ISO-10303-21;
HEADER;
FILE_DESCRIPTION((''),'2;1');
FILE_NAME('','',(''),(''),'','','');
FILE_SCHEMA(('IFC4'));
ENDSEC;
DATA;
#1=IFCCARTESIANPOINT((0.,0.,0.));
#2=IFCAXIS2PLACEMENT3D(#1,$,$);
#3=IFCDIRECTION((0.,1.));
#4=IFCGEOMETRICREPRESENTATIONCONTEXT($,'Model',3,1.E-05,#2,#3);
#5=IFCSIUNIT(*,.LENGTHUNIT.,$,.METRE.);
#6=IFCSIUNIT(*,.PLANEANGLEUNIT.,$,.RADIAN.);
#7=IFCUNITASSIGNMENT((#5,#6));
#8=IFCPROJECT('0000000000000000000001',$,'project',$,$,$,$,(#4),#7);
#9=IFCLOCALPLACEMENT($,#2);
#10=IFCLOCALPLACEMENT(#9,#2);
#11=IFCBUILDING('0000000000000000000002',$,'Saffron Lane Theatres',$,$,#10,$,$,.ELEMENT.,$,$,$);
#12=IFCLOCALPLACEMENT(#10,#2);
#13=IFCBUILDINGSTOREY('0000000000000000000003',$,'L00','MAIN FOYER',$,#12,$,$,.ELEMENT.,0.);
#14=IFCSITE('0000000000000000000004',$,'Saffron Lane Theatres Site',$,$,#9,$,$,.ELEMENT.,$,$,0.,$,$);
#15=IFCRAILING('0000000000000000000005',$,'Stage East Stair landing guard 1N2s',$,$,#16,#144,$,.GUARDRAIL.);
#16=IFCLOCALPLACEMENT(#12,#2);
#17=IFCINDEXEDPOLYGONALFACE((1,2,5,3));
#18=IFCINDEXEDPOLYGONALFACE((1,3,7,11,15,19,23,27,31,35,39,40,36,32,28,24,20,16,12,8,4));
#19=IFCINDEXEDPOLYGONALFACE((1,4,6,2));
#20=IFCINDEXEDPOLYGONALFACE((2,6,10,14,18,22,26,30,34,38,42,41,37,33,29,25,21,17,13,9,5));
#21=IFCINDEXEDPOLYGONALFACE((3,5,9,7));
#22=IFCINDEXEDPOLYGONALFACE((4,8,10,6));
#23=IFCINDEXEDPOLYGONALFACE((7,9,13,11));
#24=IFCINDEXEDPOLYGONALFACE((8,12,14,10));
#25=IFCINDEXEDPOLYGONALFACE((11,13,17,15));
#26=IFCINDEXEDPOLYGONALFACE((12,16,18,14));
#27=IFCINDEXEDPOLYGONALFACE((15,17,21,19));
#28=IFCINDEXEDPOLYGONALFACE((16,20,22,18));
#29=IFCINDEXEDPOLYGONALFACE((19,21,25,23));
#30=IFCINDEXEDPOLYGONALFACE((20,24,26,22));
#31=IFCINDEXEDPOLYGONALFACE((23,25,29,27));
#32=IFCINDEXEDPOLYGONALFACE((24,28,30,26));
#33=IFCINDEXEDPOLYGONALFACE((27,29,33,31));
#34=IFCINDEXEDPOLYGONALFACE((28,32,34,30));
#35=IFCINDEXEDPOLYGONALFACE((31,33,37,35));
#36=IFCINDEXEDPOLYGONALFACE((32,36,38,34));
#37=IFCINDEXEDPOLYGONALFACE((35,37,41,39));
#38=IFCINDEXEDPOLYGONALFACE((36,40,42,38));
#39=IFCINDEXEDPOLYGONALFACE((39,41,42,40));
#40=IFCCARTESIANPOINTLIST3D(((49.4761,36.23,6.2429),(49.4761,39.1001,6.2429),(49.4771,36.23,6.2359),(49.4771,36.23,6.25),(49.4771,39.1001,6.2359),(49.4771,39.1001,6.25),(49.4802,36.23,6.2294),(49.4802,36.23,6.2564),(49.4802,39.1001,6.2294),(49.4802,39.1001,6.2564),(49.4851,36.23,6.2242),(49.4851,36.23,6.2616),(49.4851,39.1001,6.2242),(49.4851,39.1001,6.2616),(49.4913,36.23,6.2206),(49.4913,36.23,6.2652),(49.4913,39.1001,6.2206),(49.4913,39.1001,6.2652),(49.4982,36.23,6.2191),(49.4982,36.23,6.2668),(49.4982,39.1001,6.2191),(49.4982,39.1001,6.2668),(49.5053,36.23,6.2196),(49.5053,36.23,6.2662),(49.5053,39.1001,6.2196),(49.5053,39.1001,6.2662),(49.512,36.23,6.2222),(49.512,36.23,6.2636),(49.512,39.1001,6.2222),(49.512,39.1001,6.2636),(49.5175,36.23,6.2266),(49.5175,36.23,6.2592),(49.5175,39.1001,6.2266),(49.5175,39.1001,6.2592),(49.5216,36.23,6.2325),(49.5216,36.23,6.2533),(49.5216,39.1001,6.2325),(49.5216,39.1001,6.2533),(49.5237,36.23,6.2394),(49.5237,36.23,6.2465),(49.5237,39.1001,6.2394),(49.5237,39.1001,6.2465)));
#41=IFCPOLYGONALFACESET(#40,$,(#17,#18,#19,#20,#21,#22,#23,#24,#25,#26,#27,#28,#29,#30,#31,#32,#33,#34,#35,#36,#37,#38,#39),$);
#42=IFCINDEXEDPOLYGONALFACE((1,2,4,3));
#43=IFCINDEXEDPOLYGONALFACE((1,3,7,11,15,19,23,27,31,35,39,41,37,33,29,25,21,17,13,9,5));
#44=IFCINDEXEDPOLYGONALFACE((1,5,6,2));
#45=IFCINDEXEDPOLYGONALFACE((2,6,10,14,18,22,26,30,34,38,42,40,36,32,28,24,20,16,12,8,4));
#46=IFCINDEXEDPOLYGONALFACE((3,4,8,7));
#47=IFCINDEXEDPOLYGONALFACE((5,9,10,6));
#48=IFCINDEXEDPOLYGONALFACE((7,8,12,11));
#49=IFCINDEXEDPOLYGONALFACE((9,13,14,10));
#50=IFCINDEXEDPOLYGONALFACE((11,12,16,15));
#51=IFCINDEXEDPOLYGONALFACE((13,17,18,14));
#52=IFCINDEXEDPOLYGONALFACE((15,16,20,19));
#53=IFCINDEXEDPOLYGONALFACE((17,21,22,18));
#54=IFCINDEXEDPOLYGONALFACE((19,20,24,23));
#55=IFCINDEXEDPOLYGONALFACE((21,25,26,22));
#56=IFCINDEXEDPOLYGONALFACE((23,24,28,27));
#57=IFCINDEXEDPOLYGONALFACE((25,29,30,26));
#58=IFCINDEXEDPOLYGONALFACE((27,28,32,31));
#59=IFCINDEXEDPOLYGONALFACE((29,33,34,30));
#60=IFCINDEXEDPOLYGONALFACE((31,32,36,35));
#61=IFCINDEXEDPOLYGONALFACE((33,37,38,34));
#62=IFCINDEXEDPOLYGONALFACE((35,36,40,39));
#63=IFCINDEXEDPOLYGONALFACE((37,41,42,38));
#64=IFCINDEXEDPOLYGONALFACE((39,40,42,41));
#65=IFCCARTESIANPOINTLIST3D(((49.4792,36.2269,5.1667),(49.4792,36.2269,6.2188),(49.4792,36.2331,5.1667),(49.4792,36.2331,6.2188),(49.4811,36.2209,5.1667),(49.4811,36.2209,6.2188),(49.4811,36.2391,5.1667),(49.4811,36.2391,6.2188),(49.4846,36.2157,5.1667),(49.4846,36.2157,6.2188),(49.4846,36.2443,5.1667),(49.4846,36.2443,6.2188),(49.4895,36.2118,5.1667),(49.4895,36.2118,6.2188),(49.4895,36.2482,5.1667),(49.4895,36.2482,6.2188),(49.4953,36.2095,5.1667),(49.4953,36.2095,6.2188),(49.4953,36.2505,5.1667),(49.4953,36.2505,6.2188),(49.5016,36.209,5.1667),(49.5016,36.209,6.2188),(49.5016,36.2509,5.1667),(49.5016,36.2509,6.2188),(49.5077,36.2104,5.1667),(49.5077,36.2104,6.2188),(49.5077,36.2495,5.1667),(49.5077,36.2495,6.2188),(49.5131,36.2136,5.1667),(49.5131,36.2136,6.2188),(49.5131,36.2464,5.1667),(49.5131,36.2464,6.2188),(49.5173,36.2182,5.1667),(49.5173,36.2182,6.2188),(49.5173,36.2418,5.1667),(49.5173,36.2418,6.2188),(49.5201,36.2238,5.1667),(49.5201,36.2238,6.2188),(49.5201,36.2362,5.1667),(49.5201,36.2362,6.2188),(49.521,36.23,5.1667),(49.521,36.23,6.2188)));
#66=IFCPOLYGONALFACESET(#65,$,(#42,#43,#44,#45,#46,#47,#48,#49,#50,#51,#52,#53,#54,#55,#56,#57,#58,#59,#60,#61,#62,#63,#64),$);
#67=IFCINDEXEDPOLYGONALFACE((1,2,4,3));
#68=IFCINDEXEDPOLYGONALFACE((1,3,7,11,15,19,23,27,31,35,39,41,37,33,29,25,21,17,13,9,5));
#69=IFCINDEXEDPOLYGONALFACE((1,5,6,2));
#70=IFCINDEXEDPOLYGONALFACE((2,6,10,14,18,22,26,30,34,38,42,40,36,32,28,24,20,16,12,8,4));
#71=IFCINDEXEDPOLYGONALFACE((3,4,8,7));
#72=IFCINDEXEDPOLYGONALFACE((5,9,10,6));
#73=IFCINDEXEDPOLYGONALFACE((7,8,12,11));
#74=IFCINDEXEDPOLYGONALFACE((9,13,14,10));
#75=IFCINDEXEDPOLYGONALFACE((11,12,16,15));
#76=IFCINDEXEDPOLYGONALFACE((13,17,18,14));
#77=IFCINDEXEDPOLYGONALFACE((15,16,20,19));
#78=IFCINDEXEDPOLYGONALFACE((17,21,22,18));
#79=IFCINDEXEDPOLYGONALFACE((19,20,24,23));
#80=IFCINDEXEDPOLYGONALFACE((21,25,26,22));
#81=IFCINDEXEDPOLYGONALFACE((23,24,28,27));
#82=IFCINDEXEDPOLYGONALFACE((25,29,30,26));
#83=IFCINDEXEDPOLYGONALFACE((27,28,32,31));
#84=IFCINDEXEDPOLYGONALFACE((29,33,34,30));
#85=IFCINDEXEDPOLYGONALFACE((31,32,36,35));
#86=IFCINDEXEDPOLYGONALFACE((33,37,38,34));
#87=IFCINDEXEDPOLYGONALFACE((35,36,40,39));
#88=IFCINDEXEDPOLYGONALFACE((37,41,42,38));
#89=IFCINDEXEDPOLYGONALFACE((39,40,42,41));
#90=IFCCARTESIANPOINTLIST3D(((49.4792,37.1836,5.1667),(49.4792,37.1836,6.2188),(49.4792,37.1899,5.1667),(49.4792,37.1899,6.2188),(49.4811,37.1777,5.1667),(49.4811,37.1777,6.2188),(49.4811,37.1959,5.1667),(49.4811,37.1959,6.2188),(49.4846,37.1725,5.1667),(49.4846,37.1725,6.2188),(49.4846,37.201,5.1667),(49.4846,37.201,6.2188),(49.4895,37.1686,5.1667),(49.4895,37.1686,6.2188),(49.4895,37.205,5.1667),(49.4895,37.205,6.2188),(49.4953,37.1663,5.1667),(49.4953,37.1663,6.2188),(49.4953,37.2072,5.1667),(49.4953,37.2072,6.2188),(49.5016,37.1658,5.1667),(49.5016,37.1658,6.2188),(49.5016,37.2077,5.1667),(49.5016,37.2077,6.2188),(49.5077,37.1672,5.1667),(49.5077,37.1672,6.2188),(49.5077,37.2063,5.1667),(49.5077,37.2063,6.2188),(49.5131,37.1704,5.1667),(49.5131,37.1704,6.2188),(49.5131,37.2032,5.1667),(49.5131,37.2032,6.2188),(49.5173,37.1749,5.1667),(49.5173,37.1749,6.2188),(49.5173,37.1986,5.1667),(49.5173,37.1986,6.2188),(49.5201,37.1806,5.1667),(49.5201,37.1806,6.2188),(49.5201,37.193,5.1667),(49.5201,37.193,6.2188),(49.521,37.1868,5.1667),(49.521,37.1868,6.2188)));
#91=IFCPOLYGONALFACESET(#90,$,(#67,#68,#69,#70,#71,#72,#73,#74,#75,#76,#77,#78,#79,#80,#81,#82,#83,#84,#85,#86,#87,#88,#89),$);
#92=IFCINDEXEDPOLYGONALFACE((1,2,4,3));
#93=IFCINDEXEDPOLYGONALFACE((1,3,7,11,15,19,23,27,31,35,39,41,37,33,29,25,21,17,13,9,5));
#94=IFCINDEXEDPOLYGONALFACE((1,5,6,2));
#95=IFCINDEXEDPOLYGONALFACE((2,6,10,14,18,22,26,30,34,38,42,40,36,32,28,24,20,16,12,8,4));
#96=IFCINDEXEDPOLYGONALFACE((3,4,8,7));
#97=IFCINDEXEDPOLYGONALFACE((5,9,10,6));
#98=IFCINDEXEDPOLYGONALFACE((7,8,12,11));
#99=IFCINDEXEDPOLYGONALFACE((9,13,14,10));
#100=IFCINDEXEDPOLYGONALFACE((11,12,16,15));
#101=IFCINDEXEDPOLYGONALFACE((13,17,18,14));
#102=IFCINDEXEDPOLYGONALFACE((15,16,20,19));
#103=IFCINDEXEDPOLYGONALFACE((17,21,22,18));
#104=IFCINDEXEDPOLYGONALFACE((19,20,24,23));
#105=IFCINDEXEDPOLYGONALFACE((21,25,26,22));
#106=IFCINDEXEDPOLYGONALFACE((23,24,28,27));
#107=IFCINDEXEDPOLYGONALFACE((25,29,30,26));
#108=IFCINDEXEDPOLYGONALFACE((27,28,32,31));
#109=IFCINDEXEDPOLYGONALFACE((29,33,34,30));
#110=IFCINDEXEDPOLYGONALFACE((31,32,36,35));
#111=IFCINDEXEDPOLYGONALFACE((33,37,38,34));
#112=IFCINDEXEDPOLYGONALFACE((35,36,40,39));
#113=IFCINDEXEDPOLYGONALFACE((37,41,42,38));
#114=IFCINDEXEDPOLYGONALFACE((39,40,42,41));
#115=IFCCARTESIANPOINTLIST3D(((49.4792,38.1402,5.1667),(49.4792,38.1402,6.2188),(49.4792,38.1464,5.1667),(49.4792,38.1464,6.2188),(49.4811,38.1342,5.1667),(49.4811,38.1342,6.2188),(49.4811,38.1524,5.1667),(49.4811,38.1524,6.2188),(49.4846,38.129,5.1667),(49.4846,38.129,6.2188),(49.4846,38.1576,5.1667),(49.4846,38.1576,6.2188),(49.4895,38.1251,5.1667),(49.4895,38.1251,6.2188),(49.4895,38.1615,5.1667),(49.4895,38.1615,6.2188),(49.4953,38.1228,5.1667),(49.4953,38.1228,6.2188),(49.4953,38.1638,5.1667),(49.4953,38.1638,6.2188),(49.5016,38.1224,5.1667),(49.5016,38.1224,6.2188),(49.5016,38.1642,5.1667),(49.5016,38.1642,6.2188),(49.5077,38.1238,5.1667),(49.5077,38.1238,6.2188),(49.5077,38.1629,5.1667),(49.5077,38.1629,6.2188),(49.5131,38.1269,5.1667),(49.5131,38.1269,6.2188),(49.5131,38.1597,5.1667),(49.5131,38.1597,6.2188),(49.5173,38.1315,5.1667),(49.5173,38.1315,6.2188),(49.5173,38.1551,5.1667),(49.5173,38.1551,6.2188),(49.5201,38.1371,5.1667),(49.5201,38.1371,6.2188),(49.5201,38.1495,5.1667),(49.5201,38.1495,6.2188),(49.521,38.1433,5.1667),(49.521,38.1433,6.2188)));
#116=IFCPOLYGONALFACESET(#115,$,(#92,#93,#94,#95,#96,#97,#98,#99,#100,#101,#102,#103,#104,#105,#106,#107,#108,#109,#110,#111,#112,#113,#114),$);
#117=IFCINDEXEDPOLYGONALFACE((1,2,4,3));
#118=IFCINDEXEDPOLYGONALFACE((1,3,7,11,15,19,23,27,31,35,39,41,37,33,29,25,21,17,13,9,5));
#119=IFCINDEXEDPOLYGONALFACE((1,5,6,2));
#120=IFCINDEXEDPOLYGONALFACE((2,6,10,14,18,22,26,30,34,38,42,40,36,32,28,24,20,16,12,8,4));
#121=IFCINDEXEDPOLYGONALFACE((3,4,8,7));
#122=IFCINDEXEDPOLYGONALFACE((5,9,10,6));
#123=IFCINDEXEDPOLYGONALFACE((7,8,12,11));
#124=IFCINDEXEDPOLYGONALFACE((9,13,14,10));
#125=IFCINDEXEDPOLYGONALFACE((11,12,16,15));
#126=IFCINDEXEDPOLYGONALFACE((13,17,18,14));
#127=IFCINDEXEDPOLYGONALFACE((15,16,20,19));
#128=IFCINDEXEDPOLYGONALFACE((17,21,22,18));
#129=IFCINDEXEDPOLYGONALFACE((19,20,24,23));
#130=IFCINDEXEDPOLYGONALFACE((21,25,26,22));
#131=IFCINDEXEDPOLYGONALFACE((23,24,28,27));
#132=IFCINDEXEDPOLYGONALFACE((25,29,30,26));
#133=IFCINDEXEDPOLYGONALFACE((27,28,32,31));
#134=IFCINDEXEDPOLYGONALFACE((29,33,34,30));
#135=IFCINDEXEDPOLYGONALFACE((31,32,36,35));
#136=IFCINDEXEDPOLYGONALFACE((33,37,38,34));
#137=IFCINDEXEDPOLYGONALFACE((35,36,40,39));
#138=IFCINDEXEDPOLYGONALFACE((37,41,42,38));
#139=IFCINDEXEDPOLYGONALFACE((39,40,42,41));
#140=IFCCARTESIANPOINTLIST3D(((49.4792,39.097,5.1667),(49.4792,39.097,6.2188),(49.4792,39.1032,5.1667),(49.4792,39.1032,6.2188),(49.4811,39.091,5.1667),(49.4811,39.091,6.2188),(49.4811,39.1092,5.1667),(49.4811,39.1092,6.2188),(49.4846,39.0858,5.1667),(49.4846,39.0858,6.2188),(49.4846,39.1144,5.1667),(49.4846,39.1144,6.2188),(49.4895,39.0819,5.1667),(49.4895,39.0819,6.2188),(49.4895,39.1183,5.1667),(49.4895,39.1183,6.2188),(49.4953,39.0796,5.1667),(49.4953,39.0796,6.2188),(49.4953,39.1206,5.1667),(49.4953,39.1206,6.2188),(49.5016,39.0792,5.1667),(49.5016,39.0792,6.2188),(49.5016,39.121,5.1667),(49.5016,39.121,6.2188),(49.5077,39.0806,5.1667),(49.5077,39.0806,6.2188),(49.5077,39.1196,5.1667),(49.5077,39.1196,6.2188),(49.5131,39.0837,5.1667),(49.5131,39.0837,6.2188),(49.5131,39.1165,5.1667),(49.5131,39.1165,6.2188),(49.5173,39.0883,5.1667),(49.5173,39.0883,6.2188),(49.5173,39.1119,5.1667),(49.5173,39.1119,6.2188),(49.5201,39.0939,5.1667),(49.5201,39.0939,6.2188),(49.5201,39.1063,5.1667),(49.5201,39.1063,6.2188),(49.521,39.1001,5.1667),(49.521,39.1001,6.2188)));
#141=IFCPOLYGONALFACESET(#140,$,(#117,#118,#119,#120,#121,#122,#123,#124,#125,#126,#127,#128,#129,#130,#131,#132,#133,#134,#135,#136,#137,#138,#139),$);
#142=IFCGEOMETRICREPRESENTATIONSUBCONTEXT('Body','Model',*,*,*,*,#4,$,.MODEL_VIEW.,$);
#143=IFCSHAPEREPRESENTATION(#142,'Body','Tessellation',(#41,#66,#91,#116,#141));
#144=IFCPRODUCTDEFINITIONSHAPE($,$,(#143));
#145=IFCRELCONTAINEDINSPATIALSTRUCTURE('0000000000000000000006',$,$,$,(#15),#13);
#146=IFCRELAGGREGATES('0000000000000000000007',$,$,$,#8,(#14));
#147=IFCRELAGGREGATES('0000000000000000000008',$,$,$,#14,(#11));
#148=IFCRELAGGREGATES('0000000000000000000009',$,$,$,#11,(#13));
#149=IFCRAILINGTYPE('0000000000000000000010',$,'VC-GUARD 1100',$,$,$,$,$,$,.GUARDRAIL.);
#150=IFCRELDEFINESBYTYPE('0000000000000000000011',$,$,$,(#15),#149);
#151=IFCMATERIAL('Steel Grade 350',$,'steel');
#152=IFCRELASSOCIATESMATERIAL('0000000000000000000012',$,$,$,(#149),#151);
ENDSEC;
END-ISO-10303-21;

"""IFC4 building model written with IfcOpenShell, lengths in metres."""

from ifc_helpers import new_model, si_unit, direction, frame, origin, origin_2d, place, context, subcontext, project, spatial, circle, extrude, material, type_object, element, save


model = new_model("IFC4")

# Units and contexts
model_context = context("Model", 3, precision=1e-05, world=origin(), true_north=direction((0.0, 1.0)))
body_context = subcontext(model_context, "Body", "Model", "MODEL_VIEW")
ifc_project = project(units=[si_unit("LENGTHUNIT", "METRE"), si_unit("PLANEANGLEUNIT", "RADIAN")], contexts=[model_context])

# Site, building, storey
site_placement = place(None, origin())
site = spatial("IfcSite", under=ifc_project, at=site_placement, Name="Saffron Lane Theatres Site", CompositionType="ELEMENT", RefElevation=0.0)
building_placement = place(site_placement, origin())
building = spatial("IfcBuilding", under=site, at=building_placement, Name="Saffron Lane Theatres", CompositionType="ELEMENT")
storey_placement = place(building_placement, origin())
storey = spatial("IfcBuildingStorey", under=building, at=storey_placement, Name="L00", Description="MAIN FOYER", CompositionType="ELEMENT", Elevation=0.0)

# Railing
ifc_material_1 = material(Name="Steel Grade 350", Category="steel")
railing_type_1 = type_object("IfcRailingType", Name="VC-GUARD 1100", PredefinedType="GUARDRAIL", material=ifc_material_1)
railing_1_placement = place(storey_placement, frame((49.5, 36.23, 5.1667)))
element("IfcRailing", 1, at=railing_1_placement, inside=storey, type_object=railing_type_1, Name="Stage East Stair landing guard 1N2s", PredefinedType="GUARDRAIL", context=body_context, shape_type="SweptSolid", body=[
    extrude(circle(Radius=0.0239, at=origin_2d()), frame((0.0, 0.0, 1.0762), z_axis=(0.0, 1.0, 0.0), x_axis=(-1.0, 0.0, 0.0)), (0.0, 0.0, 1.0), 2.8701),
    extrude(circle(Radius=0.021, at=origin_2d()), origin(), (0.0, 0.0, 1.0), 1.052),
    extrude(circle(Radius=0.021, at=origin_2d()), frame((0.0, 0.9568, 0.0)), (0.0, 0.0, 1.0), 1.052),
    extrude(circle(Radius=0.021, at=origin_2d()), frame((0.0, 1.9133, 0.0)), (0.0, 0.0, 1.0), 1.052),
    extrude(circle(Radius=0.021, at=origin_2d()), frame((0.0, 2.8701, 0.0)), (0.0, 0.0, 1.0), 1.052),
])

save(model, "model.ifc")
